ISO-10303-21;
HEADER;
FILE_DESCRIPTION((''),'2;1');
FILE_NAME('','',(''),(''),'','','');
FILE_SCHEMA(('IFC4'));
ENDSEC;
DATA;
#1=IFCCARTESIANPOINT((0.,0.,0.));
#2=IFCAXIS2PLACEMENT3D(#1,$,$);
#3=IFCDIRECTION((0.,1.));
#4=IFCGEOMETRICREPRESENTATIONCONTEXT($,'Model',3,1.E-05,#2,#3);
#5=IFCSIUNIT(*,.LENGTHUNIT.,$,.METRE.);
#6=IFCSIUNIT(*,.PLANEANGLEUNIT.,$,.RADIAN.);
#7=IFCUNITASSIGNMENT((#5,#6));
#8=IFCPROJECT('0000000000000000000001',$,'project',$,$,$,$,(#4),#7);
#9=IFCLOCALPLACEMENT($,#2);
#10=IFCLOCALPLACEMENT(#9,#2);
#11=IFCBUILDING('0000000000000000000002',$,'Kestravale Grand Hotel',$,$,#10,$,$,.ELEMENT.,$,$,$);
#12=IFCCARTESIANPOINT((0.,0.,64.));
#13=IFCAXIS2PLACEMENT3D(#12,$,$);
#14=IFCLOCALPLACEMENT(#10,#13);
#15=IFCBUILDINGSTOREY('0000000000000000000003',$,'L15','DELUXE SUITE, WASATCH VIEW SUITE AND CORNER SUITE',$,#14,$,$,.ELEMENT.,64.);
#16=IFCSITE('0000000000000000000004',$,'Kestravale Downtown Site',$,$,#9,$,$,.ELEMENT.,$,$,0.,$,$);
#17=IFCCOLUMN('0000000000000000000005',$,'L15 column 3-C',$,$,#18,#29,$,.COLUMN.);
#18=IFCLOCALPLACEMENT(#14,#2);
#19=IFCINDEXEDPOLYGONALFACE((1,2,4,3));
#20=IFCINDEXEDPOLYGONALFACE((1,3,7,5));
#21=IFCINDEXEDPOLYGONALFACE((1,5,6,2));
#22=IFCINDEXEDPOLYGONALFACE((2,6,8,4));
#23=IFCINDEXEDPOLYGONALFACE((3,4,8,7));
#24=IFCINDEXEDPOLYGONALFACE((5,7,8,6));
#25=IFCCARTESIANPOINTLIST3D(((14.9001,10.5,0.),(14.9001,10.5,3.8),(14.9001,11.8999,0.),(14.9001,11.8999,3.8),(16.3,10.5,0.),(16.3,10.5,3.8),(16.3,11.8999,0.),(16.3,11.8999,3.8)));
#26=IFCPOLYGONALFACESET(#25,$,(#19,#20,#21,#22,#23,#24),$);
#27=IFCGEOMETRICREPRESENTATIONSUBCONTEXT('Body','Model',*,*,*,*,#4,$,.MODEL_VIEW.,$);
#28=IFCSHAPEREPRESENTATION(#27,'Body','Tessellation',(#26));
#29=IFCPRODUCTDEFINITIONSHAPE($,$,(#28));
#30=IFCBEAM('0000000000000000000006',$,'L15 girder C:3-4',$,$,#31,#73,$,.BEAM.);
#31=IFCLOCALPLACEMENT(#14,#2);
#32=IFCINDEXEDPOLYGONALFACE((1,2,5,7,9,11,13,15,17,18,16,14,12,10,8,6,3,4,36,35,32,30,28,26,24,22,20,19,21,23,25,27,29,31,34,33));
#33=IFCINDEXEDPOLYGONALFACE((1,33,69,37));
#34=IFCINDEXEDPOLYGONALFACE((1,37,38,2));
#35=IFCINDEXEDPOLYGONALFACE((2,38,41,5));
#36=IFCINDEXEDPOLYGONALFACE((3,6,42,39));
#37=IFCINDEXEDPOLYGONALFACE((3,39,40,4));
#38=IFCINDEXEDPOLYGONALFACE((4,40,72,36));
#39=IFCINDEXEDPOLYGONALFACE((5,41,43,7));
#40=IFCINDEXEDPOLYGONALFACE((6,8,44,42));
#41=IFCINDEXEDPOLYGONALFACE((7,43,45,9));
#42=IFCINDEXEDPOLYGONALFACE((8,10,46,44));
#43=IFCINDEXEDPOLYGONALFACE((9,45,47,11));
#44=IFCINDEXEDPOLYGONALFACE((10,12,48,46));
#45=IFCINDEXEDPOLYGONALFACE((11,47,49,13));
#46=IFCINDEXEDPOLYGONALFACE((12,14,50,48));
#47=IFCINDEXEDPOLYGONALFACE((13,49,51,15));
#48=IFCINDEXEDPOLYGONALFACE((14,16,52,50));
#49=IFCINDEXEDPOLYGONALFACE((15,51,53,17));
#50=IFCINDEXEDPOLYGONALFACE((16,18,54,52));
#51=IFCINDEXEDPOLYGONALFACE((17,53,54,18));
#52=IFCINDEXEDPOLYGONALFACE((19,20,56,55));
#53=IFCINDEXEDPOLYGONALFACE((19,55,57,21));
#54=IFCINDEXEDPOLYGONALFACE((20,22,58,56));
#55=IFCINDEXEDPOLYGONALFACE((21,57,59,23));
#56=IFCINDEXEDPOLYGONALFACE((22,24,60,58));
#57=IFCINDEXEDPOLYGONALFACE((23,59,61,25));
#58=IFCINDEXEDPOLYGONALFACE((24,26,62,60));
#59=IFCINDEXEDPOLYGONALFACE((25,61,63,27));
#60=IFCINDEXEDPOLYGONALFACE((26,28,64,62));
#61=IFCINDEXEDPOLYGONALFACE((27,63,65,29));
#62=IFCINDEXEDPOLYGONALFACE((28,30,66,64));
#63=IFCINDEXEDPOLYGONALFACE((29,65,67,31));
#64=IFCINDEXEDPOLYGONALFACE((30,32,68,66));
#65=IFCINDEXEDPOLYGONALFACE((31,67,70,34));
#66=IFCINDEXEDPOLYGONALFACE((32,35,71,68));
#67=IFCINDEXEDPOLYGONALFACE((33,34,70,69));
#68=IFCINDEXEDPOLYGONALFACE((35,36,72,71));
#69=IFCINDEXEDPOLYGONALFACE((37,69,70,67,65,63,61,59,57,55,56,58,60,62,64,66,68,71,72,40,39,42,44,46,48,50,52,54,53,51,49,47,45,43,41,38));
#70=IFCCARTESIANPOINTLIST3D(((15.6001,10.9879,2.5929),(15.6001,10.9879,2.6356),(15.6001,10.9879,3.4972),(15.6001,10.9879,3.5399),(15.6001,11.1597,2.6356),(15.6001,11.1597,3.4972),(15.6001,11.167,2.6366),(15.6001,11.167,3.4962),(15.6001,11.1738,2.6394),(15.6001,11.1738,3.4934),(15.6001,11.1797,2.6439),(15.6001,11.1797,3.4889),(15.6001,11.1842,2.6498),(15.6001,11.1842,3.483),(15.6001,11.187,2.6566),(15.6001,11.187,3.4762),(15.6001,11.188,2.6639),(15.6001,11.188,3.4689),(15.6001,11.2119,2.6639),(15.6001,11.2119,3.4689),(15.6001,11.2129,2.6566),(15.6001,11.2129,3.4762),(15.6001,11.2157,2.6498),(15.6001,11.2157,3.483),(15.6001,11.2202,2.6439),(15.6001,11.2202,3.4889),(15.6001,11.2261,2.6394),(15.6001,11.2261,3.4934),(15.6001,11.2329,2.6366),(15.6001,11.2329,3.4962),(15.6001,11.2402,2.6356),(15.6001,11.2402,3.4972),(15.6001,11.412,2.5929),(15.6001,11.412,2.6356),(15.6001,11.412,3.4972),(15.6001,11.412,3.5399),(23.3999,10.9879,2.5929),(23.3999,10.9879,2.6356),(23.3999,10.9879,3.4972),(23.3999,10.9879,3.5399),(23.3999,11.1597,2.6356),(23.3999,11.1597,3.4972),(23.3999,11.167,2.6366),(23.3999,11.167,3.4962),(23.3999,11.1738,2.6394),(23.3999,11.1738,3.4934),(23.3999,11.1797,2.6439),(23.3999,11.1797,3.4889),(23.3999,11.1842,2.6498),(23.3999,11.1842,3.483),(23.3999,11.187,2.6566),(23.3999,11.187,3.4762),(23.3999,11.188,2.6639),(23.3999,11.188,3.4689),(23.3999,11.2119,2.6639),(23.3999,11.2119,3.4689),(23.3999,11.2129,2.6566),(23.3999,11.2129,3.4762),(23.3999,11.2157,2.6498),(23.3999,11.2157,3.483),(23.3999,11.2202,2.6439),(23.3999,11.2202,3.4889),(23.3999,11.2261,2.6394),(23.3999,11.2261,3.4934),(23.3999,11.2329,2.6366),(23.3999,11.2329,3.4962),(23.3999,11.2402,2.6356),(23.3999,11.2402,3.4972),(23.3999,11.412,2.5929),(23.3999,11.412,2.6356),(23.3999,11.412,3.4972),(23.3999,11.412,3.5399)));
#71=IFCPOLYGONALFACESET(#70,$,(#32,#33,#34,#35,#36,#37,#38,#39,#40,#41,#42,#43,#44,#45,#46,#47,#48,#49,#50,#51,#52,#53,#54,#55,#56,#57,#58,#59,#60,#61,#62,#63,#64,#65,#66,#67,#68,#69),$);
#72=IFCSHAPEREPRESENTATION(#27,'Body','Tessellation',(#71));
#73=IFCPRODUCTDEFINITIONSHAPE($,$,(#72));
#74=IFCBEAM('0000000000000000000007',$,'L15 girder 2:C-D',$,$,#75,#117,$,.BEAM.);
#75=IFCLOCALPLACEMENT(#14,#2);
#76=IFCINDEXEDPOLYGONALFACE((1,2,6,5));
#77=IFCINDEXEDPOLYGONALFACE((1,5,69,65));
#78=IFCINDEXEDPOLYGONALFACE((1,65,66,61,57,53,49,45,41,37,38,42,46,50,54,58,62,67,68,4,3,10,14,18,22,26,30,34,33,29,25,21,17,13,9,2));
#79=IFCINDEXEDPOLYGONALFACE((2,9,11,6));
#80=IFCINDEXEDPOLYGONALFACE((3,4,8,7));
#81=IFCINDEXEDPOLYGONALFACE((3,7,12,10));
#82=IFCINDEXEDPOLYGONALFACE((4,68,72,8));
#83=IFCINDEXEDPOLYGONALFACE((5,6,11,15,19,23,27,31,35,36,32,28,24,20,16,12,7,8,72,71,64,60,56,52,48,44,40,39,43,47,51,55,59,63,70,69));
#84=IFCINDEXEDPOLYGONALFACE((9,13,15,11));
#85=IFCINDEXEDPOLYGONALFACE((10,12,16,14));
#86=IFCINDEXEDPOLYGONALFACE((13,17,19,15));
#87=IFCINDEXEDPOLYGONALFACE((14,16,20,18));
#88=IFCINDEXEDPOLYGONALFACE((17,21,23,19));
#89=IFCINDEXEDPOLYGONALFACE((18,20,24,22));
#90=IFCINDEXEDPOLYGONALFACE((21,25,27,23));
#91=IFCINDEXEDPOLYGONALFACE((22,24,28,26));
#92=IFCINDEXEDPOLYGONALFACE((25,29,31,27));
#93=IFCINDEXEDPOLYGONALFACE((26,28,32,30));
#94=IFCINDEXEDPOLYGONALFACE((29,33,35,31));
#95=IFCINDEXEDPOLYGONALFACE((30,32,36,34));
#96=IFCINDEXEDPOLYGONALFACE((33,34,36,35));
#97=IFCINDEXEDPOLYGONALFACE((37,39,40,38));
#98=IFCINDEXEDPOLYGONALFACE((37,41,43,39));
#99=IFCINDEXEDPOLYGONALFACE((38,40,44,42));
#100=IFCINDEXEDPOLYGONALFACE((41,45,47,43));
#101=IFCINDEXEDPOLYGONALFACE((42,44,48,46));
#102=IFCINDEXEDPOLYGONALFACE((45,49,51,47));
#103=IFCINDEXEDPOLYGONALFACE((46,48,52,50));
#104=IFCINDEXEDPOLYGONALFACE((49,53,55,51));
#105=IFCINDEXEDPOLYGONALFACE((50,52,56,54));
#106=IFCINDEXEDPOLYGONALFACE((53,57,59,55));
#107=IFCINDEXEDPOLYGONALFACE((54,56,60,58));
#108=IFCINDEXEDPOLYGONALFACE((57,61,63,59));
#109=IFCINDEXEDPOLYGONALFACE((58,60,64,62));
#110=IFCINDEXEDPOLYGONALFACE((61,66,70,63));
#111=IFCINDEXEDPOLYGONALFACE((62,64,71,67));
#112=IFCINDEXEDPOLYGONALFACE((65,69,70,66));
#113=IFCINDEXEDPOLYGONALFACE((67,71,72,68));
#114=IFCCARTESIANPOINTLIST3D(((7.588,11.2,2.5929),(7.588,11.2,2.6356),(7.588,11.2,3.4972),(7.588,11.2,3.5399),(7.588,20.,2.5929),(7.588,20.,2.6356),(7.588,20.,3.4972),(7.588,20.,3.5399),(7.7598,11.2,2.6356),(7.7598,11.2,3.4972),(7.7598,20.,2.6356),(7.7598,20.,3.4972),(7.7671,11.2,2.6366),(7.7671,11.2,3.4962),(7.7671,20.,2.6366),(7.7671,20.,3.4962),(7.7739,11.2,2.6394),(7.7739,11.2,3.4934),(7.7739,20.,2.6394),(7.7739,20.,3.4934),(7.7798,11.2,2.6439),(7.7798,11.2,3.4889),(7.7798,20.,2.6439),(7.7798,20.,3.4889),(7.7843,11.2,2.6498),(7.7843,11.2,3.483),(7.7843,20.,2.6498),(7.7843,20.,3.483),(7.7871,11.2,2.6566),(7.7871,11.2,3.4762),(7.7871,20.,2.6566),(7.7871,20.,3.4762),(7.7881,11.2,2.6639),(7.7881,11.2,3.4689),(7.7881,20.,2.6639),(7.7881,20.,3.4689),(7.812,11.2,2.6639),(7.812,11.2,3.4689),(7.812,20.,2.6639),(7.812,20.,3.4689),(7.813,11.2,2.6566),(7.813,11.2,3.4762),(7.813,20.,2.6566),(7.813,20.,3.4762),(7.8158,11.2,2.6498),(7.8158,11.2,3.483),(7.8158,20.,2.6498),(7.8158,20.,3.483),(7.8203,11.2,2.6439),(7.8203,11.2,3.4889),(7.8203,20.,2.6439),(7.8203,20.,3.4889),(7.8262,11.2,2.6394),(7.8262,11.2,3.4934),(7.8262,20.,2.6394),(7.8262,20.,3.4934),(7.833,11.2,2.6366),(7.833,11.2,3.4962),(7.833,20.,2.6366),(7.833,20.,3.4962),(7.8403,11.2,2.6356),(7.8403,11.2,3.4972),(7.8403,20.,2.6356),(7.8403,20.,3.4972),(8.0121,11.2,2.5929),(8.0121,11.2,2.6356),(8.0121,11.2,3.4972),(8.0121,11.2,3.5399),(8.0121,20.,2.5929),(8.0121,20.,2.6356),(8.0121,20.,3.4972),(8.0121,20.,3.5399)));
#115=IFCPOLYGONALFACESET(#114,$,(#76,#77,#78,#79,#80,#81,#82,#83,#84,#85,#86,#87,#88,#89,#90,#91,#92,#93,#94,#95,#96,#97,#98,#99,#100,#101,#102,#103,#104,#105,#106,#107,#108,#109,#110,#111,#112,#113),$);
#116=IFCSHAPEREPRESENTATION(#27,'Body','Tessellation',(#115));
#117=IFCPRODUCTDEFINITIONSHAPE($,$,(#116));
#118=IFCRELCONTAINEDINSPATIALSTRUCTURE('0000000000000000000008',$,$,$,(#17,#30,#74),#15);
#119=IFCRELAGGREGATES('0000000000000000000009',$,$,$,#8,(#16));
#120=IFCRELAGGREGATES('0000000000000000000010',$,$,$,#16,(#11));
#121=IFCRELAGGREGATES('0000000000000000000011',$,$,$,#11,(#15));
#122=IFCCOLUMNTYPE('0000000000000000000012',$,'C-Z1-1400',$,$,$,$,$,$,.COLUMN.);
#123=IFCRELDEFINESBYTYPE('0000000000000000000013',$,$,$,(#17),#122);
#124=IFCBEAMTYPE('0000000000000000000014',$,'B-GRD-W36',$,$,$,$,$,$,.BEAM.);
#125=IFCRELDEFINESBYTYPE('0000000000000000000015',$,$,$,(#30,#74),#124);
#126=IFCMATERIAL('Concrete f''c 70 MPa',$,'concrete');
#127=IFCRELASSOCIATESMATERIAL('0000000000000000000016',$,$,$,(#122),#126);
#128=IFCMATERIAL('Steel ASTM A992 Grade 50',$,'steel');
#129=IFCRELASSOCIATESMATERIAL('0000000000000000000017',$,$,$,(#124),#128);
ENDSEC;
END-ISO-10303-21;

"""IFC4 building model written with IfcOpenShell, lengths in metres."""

from ifc_helpers import new_model, si_unit, direction, frame, origin, origin_2d, place, context, subcontext, project, spatial, rectangle, i_section, extrude, material, material_profile, profile_set, type_object, element, save


model = new_model("IFC4")

# Units and contexts
model_context = context("Model", 3, precision=1e-05, world=origin(), true_north=direction((0.0, 1.0)))
body_context = subcontext(model_context, "Body", "Model", "MODEL_VIEW")
ifc_project = project(units=[si_unit("LENGTHUNIT", "METRE"), si_unit("PLANEANGLEUNIT", "RADIAN")], contexts=[model_context])

# Site, building, storey
site_placement = place(None, origin())
site = spatial("IfcSite", under=ifc_project, at=site_placement, Name="Kestravale Downtown Site", CompositionType="ELEMENT", RefElevation=0.0)
building_placement = place(site_placement, origin())
building = spatial("IfcBuilding", under=site, at=building_placement, Name="Kestravale Grand Hotel", CompositionType="ELEMENT")
storey_placement = place(building_placement, frame((0.0, 0.0, 64.0)))
storey = spatial("IfcBuildingStorey", under=building, at=storey_placement, Name="L15", Description="DELUXE SUITE, WASATCH VIEW SUITE AND CORNER SUITE", CompositionType="ELEMENT", Elevation=64.0)

# Column
ifc_material_1 = material(Name="Concrete f'c 70 MPa", Category="concrete")
ifc_material_profile_1 = material_profile(ifc_material_1, rectangle(XDim=1.3999, YDim=1.3999, at=origin_2d()))
ifc_profile_set_1 = profile_set([ifc_material_profile_1], Name="Concrete f'c 70 MPa")
column_type = type_object("IfcColumnType", Name="C-Z1-1400", PredefinedType="COLUMN", material=ifc_profile_set_1)
column_placement = place(storey_placement, frame((15.6001, 11.2, 0.0), z_axis=(0.0, 0.0, 1.0), x_axis=(1.0, 0.0, 0.0)))
element("IfcColumn", 1, at=column_placement, inside=storey, type_object=column_type, Name="L15 column 3-C", PredefinedType="COLUMN", context=body_context, shape_type="SweptSolid", body=[
    extrude(rectangle(XDim=1.3999, YDim=1.3999, at=origin_2d()), origin(), (0.0, 0.0, 1.0), 3.8),
])

# Beams
ifc_material_2 = material(Name="Steel ASTM A992 Grade 50", Category="steel")
ifc_material_profile_2 = material_profile(ifc_material_2, i_section(OverallWidth=0.4241, OverallDepth=0.947, WebThickness=0.0239, FlangeThickness=0.0427, FilletRadius=0.0283, at=origin_2d()))
ifc_profile_set_2 = profile_set([ifc_material_profile_2], Name="Steel ASTM A992 Grade 50")
beam_type = type_object("IfcBeamType", Name="B-GRD-W36", PredefinedType="BEAM", material=ifc_profile_set_2)
beam_1_placement = place(storey_placement, frame((15.6001, 11.2, 3.0664), z_axis=(1.0, 0.0, 0.0), x_axis=(0.0, 1.0, 0.0)))
element("IfcBeam", 2, at=beam_1_placement, inside=storey, type_object=beam_type, Name="L15 girder C:3-4", PredefinedType="BEAM", context=body_context, shape_type="SweptSolid", body=[
    extrude(i_section(OverallWidth=0.4241, OverallDepth=0.947, WebThickness=0.0239, FlangeThickness=0.0427, FilletRadius=0.0283, at=origin_2d()), origin(), (0.0, 0.0, 1.0), 7.7998),
])
beam_2_placement = place(storey_placement, frame((7.8, 11.2, 3.0664), z_axis=(0.0, 1.0, 0.0), x_axis=(-1.0, 0.0, 0.0)))
element("IfcBeam", 3, at=beam_2_placement, inside=storey, type_object=beam_type, Name="L15 girder 2:C-D", PredefinedType="BEAM", context=body_context, shape_type="SweptSolid", body=[
    extrude(i_section(OverallWidth=0.4241, OverallDepth=0.947, WebThickness=0.0239, FlangeThickness=0.0427, FilletRadius=0.0283, at=origin_2d()), origin(), (0.0, 0.0, 1.0), 8.8),
])

save(model, "model.ifc")
